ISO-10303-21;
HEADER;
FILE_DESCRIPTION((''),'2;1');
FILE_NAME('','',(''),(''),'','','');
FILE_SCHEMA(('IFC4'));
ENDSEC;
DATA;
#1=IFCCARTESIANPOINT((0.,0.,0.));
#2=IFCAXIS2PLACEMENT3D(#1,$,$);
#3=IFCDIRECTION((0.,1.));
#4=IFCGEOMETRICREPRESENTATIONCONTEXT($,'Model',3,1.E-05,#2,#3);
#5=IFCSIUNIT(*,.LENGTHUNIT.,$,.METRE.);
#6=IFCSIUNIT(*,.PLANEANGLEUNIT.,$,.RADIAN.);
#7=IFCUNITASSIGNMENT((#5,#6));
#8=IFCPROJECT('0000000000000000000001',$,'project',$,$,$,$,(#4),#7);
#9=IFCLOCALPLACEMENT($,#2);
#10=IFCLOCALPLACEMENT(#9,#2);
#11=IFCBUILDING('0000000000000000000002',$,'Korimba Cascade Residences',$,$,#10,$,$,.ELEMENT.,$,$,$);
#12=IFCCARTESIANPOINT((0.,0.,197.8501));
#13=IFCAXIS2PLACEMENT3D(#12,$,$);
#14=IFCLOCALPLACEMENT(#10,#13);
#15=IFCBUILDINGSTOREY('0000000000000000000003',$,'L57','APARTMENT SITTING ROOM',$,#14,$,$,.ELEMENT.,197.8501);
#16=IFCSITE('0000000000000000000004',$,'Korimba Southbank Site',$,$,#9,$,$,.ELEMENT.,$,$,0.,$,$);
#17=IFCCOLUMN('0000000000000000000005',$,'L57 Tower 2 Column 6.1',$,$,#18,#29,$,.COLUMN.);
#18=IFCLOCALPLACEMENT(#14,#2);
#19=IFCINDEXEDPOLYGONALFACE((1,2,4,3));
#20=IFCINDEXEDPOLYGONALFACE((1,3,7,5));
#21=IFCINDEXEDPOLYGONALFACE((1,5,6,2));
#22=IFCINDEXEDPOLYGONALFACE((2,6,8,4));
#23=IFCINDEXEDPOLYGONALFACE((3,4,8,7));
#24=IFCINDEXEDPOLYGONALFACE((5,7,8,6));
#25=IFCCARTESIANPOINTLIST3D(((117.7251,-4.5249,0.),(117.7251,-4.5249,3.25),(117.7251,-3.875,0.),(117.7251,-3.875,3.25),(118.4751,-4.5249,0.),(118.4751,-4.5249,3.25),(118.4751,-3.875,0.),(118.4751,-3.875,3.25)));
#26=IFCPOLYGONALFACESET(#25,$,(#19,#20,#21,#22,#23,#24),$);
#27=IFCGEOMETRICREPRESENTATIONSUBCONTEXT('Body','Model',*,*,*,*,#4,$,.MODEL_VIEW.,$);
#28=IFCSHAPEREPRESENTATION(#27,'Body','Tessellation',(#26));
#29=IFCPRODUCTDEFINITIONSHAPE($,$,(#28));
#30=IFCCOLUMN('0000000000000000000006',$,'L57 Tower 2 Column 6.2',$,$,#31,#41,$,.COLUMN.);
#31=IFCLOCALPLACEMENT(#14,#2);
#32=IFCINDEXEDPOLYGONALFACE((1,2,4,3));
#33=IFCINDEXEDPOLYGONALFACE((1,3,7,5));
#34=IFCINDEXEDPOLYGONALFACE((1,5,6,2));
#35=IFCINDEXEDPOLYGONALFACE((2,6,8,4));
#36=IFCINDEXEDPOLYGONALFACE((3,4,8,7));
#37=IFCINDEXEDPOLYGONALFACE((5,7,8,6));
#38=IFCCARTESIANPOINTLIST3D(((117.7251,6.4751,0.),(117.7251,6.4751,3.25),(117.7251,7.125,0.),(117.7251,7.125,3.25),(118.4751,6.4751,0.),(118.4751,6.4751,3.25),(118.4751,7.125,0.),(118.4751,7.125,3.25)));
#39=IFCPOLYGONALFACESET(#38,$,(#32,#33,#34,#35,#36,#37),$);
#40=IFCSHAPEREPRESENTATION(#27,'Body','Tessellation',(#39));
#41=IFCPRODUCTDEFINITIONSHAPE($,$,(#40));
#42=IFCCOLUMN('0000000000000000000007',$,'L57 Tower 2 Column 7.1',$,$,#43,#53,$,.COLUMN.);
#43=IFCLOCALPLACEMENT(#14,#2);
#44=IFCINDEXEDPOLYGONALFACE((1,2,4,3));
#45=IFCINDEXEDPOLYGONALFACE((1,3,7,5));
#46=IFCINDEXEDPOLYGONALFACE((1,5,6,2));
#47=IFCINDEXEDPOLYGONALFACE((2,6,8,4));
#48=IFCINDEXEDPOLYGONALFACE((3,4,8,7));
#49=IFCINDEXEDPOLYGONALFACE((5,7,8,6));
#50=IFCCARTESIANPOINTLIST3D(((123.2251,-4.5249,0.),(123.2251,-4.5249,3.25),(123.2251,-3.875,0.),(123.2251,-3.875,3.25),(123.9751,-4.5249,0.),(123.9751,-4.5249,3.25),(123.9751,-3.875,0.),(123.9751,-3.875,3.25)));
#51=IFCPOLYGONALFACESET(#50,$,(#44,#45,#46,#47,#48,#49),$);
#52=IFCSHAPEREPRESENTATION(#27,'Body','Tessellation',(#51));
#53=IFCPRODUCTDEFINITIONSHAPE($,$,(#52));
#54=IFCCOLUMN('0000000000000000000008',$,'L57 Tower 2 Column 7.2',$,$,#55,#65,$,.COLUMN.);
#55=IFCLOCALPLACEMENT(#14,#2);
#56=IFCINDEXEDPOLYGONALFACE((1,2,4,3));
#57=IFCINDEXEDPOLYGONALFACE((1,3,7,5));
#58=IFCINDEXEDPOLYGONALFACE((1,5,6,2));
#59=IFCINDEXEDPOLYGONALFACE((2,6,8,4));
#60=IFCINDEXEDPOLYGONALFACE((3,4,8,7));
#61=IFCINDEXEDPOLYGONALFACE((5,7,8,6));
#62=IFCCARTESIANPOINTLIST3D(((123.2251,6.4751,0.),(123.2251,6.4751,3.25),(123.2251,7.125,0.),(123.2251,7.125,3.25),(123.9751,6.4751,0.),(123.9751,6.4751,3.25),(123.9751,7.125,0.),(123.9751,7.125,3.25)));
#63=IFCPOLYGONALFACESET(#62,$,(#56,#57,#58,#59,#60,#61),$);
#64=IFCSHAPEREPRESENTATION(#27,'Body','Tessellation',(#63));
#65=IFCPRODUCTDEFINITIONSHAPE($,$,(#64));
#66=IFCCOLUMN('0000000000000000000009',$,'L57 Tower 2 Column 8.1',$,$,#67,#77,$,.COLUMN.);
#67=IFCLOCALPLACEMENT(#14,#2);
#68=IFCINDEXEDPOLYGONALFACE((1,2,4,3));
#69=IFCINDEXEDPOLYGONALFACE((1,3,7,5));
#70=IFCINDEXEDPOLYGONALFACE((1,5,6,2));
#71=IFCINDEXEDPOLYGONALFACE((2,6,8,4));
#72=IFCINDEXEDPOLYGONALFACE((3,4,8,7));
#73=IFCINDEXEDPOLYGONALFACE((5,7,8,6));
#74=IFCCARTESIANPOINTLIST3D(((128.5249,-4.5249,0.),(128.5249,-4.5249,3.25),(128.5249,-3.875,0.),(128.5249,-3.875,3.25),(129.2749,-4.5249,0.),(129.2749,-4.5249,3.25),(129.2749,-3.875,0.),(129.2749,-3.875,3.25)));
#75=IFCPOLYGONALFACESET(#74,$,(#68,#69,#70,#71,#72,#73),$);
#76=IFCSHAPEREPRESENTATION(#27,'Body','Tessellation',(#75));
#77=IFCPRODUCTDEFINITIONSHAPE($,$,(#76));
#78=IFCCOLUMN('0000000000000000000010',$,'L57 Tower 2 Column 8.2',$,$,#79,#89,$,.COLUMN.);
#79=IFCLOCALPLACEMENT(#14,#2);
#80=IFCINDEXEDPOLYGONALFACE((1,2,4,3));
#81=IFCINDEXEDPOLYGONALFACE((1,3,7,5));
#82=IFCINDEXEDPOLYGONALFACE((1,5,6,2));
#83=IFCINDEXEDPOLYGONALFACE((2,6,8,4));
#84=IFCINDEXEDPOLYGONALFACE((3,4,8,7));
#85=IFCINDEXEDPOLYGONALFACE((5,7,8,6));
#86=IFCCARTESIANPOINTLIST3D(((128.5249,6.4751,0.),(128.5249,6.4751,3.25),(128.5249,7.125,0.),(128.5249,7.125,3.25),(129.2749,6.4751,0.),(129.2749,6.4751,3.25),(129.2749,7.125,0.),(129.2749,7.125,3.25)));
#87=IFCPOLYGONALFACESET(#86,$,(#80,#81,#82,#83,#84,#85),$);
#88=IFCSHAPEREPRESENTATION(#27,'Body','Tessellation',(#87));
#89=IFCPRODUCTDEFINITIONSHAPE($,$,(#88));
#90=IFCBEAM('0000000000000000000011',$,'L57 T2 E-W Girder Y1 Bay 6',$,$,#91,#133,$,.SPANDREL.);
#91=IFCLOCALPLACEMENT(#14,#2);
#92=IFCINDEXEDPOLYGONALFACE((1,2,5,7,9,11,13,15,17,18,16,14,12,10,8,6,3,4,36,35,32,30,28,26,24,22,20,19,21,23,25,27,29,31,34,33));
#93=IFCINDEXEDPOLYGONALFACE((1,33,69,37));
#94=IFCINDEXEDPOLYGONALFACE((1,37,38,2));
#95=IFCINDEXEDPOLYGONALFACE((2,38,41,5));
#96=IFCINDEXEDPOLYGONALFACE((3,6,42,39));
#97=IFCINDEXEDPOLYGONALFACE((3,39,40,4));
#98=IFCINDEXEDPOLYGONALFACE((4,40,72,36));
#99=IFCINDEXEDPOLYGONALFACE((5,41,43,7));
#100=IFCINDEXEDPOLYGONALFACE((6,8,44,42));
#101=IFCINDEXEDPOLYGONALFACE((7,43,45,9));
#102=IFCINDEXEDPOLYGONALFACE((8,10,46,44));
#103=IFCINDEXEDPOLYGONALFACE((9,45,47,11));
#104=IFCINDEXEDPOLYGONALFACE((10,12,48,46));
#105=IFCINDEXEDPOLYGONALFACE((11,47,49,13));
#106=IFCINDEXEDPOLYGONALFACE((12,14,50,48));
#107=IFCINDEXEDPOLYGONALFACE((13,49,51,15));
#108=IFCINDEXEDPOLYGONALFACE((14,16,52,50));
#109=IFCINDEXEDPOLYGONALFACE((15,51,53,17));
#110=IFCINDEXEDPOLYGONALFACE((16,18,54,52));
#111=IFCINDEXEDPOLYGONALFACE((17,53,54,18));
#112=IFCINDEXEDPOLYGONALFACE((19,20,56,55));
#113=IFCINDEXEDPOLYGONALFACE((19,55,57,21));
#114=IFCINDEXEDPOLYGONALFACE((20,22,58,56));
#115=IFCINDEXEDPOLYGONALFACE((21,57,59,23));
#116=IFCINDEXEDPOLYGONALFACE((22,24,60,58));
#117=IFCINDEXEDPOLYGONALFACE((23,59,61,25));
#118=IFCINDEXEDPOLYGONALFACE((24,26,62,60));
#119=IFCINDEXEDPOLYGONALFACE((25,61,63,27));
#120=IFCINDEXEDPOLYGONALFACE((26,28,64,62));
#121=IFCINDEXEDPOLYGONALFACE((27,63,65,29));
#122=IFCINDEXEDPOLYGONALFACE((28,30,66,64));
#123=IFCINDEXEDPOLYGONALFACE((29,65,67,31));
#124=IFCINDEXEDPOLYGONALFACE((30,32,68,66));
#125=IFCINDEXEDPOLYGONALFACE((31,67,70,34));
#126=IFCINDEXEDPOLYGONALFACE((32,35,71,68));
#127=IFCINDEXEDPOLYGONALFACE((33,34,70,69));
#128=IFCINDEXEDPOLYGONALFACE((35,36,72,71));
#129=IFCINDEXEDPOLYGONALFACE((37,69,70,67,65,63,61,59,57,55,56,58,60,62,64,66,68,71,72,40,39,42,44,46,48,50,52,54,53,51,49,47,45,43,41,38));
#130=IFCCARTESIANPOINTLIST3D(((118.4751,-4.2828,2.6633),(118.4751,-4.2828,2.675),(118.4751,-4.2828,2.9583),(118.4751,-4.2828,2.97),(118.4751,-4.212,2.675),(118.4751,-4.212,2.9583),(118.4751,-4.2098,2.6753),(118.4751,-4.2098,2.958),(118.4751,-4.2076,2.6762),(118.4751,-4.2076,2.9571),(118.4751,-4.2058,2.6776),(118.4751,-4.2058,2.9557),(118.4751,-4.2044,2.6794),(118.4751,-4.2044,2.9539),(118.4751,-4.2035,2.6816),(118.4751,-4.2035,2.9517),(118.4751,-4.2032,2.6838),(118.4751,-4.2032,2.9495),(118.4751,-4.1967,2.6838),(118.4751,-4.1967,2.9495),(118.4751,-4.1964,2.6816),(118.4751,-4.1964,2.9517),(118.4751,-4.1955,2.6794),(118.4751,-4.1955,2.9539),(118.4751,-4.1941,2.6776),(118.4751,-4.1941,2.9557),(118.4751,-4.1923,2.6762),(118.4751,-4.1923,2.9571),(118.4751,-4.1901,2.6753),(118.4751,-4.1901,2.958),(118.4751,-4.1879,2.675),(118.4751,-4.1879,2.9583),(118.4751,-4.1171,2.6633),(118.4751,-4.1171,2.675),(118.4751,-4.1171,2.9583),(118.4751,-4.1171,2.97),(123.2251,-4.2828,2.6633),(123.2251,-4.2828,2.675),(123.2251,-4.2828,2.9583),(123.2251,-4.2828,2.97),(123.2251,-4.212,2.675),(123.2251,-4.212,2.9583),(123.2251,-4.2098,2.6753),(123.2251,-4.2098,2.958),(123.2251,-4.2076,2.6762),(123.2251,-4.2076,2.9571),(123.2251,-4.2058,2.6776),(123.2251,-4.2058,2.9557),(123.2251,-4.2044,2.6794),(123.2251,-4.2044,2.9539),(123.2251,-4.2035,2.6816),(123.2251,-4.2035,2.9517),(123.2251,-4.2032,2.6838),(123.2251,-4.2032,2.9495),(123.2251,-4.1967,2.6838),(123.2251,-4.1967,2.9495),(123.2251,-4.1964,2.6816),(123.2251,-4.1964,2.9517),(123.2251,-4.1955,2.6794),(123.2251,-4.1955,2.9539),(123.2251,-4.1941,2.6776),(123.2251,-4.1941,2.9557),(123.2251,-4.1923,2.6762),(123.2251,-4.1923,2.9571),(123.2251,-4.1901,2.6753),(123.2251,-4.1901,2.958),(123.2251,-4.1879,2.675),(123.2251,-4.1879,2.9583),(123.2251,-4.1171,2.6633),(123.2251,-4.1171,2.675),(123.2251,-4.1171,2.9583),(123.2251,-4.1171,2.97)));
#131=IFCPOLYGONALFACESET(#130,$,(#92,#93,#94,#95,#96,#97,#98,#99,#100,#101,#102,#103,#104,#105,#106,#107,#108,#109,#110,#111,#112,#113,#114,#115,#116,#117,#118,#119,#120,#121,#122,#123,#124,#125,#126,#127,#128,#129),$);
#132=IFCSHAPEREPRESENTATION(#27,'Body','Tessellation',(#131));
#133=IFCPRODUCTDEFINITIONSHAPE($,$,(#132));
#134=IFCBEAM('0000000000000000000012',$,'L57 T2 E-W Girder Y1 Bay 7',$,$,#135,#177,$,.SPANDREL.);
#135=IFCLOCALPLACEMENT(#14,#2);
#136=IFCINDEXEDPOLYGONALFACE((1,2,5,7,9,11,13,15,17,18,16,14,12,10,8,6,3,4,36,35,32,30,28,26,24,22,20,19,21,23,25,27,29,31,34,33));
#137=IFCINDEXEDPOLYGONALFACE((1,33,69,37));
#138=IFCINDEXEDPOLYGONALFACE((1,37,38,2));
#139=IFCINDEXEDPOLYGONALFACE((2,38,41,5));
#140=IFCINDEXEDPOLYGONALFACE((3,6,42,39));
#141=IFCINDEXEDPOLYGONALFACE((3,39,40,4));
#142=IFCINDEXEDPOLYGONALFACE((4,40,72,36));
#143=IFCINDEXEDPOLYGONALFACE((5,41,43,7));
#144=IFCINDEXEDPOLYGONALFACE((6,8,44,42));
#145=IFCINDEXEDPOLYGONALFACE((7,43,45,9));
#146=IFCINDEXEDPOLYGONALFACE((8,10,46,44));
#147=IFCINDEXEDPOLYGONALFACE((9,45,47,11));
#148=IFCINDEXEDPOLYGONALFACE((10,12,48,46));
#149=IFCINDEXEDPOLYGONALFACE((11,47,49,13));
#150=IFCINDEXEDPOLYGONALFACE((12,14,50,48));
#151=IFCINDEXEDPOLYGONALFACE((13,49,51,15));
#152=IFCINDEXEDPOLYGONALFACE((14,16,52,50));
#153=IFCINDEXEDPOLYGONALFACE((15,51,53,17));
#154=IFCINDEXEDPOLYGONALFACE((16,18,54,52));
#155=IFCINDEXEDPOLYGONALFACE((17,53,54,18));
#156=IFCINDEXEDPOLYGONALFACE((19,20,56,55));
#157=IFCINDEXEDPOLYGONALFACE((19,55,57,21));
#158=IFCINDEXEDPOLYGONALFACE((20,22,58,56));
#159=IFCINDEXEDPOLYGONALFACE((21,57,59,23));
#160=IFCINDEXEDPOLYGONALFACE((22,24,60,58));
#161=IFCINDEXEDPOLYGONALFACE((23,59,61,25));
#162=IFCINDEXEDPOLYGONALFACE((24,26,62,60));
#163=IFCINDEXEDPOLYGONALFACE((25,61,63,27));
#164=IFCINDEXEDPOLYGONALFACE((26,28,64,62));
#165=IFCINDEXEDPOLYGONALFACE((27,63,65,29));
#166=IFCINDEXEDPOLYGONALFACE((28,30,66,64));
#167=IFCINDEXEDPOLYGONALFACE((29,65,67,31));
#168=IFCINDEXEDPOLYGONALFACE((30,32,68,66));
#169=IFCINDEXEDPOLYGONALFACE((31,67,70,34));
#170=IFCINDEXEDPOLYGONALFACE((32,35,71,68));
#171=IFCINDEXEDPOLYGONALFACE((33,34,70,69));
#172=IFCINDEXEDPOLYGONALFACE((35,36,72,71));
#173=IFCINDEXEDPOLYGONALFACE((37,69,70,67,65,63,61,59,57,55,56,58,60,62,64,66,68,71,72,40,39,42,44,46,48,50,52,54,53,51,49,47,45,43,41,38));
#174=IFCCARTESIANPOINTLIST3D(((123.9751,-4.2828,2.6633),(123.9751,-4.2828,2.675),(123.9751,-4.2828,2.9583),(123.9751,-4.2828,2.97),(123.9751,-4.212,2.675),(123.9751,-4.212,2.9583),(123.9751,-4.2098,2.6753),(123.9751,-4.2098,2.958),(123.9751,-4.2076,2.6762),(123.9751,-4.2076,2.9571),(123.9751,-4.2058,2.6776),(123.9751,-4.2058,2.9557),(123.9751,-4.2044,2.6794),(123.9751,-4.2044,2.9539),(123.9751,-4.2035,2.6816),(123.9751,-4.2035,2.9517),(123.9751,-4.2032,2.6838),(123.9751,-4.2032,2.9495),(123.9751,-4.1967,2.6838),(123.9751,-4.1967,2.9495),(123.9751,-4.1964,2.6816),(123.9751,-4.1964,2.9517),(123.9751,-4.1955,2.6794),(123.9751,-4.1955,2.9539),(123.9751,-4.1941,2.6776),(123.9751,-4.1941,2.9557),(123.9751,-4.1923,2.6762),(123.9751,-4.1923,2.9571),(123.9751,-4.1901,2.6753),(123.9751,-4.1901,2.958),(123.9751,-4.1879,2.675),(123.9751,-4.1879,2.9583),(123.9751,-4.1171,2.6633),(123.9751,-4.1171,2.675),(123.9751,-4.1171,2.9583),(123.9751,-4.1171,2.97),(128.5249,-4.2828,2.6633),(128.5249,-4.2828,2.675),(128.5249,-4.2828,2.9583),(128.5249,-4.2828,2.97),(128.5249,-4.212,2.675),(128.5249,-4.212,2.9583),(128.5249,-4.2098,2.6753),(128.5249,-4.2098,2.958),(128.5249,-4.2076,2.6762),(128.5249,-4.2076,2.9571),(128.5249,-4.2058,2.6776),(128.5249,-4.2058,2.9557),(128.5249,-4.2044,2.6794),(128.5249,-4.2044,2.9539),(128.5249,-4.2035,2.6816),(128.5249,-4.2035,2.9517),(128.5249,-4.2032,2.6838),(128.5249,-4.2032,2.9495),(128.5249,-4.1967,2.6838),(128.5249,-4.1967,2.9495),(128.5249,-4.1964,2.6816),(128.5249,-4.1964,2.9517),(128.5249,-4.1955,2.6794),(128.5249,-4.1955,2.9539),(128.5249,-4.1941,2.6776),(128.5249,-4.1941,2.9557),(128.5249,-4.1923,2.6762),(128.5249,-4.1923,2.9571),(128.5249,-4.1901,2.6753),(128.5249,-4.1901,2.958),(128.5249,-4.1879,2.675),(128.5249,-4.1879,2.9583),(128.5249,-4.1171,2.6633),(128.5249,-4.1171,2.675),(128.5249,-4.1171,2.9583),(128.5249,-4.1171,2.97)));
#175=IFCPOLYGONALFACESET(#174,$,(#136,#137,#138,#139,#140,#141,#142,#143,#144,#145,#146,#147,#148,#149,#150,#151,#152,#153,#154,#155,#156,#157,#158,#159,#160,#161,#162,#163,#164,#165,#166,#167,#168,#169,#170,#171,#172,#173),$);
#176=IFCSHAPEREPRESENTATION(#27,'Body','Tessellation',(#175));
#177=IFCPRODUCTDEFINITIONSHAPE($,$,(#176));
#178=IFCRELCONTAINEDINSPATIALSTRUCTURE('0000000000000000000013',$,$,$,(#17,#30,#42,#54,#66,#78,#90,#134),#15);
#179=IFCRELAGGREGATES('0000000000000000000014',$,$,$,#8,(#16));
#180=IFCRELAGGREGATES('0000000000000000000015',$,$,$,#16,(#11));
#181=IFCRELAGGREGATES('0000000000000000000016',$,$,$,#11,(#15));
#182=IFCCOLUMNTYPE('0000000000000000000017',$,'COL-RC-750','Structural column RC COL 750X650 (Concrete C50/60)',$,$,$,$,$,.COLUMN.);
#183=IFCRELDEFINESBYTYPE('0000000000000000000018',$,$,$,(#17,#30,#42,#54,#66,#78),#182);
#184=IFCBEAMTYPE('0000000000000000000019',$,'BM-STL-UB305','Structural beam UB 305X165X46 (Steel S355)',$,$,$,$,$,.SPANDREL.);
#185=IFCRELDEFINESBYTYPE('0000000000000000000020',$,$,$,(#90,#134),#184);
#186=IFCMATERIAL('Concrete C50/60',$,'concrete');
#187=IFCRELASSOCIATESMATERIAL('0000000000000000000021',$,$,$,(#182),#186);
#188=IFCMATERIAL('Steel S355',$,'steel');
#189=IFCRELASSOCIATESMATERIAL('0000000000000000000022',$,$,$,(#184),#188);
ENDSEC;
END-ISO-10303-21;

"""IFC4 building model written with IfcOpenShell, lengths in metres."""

from ifc_helpers import new_model, si_unit, direction, frame, origin, origin_2d, place, context, subcontext, project, spatial, rectangle, i_section, extrude, material, material_profile, profile_set, type_object, element, save


model = new_model("IFC4")

# Units and contexts
model_context = context("Model", 3, precision=1e-05, world=origin(), true_north=direction((0.0, 1.0)))
body_context = subcontext(model_context, "Body", "Model", "MODEL_VIEW")
ifc_project = project(units=[si_unit("LENGTHUNIT", "METRE"), si_unit("PLANEANGLEUNIT", "RADIAN")], contexts=[model_context])

# Site, building, storey
site_placement = place(None, origin())
site = spatial("IfcSite", under=ifc_project, at=site_placement, Name="Korimba Southbank Site", CompositionType="ELEMENT", RefElevation=0.0)
building_placement = place(site_placement, origin())
building = spatial("IfcBuilding", under=site, at=building_placement, Name="Korimba Cascade Residences", CompositionType="ELEMENT")
storey_placement = place(building_placement, frame((0.0, 0.0, 197.8501)))
storey = spatial("IfcBuildingStorey", under=building, at=storey_placement, Name="L57", Description="APARTMENT SITTING ROOM", CompositionType="ELEMENT", Elevation=197.8501)

# Columns
ifc_material_1 = material(Name="Concrete C50/60", Category="concrete")
ifc_material_profile_1 = material_profile(ifc_material_1, rectangle(XDim=0.75, YDim=0.6499, at=origin_2d()), Name="Concrete C50/60")
ifc_profile_set_1 = profile_set([ifc_material_profile_1], Name="Concrete C50/60")
column_type = type_object("IfcColumnType", Name="COL-RC-750", Description="Structural column RC COL 750X650 (Concrete C50/60)", PredefinedType="COLUMN", material=ifc_profile_set_1)
for number, where, z_axis, x_axis, name in (
    (1, (118.1001, -4.2, 0.0), (0.0, 0.0, 1.0), (1.0, 0.0, 0.0), "L57 Tower 2 Column 6.1"),
    (2, (118.1001, 6.8, 0.0), (0.0, 0.0, 1.0), (1.0, 0.0, 0.0), "L57 Tower 2 Column 6.2"),
    (3, (123.6001, -4.2, 0.0), (0.0, 0.0, 1.0), (1.0, 0.0, 0.0), "L57 Tower 2 Column 7.1"),
    (4, (123.6001, 6.8, 0.0), (0.0, 0.0, 1.0), (1.0, 0.0, 0.0), "L57 Tower 2 Column 7.2"),
    (5, (128.8999, -4.2, 0.0), (0.0, 0.0, 1.0), (1.0, 0.0, 0.0), "L57 Tower 2 Column 8.1"),
    (6, (128.8999, 6.8, 0.0), (0.0, 0.0, 1.0), (1.0, 0.0, 0.0), "L57 Tower 2 Column 8.2"),
):
    element("IfcColumn", number, at=place(storey_placement, frame(where, z_axis=z_axis, x_axis=x_axis)), inside=storey, type_object=column_type, Name=name, PredefinedType="COLUMN", context=body_context, shape_type="SweptSolid", body=[
        extrude(rectangle(XDim=0.75, YDim=0.6499, at=origin_2d()), origin(), (0.0, 0.0, 1.0), 3.25),
    ])

# Beams
ifc_material_2 = material(Name="Steel S355", Category="steel")
ifc_material_profile_2 = material_profile(ifc_material_2, i_section(OverallWidth=0.1658, OverallDepth=0.3066, WebThickness=0.0066, FlangeThickness=0.0117, FilletRadius=0.0088, at=origin_2d()), Name="Steel S355")
ifc_profile_set_2 = profile_set([ifc_material_profile_2], Name="Steel S355")
beam_type_1 = type_object("IfcBeamType", Name="BM-STL-UB305", Description="Structural beam UB 305X165X46 (Steel S355)", PredefinedType="SPANDREL", material=ifc_profile_set_2)
beam_1_placement = place(storey_placement, frame((118.4751, -4.2, 2.8167), z_axis=(1.0, 0.0, 0.0), x_axis=(0.0, 1.0, 0.0)))
element("IfcBeam", 7, at=beam_1_placement, inside=storey, type_object=beam_type_1, Name="L57 T2 E-W Girder Y1 Bay 6", PredefinedType="SPANDREL", context=body_context, shape_type="SweptSolid", body=[
    extrude(i_section(OverallWidth=0.1658, OverallDepth=0.3066, WebThickness=0.0066, FlangeThickness=0.0117, FilletRadius=0.0088, at=origin_2d()), origin(), (0.0, 0.0, 1.0), 4.75),
])
beam_2_placement = place(storey_placement, frame((123.9751, -4.2, 2.8167), z_axis=(1.0, 0.0, 0.0), x_axis=(0.0, 1.0, 0.0)))
element("IfcBeam", 8, at=beam_2_placement, inside=storey, type_object=beam_type_1, Name="L57 T2 E-W Girder Y1 Bay 7", PredefinedType="SPANDREL", context=body_context, shape_type="SweptSolid", body=[
    extrude(i_section(OverallWidth=0.1658, OverallDepth=0.3066, WebThickness=0.0066, FlangeThickness=0.0117, FilletRadius=0.0088, at=origin_2d()), origin(), (0.0, 0.0, 1.0), 4.5498),
])

save(model, "model.ifc")
